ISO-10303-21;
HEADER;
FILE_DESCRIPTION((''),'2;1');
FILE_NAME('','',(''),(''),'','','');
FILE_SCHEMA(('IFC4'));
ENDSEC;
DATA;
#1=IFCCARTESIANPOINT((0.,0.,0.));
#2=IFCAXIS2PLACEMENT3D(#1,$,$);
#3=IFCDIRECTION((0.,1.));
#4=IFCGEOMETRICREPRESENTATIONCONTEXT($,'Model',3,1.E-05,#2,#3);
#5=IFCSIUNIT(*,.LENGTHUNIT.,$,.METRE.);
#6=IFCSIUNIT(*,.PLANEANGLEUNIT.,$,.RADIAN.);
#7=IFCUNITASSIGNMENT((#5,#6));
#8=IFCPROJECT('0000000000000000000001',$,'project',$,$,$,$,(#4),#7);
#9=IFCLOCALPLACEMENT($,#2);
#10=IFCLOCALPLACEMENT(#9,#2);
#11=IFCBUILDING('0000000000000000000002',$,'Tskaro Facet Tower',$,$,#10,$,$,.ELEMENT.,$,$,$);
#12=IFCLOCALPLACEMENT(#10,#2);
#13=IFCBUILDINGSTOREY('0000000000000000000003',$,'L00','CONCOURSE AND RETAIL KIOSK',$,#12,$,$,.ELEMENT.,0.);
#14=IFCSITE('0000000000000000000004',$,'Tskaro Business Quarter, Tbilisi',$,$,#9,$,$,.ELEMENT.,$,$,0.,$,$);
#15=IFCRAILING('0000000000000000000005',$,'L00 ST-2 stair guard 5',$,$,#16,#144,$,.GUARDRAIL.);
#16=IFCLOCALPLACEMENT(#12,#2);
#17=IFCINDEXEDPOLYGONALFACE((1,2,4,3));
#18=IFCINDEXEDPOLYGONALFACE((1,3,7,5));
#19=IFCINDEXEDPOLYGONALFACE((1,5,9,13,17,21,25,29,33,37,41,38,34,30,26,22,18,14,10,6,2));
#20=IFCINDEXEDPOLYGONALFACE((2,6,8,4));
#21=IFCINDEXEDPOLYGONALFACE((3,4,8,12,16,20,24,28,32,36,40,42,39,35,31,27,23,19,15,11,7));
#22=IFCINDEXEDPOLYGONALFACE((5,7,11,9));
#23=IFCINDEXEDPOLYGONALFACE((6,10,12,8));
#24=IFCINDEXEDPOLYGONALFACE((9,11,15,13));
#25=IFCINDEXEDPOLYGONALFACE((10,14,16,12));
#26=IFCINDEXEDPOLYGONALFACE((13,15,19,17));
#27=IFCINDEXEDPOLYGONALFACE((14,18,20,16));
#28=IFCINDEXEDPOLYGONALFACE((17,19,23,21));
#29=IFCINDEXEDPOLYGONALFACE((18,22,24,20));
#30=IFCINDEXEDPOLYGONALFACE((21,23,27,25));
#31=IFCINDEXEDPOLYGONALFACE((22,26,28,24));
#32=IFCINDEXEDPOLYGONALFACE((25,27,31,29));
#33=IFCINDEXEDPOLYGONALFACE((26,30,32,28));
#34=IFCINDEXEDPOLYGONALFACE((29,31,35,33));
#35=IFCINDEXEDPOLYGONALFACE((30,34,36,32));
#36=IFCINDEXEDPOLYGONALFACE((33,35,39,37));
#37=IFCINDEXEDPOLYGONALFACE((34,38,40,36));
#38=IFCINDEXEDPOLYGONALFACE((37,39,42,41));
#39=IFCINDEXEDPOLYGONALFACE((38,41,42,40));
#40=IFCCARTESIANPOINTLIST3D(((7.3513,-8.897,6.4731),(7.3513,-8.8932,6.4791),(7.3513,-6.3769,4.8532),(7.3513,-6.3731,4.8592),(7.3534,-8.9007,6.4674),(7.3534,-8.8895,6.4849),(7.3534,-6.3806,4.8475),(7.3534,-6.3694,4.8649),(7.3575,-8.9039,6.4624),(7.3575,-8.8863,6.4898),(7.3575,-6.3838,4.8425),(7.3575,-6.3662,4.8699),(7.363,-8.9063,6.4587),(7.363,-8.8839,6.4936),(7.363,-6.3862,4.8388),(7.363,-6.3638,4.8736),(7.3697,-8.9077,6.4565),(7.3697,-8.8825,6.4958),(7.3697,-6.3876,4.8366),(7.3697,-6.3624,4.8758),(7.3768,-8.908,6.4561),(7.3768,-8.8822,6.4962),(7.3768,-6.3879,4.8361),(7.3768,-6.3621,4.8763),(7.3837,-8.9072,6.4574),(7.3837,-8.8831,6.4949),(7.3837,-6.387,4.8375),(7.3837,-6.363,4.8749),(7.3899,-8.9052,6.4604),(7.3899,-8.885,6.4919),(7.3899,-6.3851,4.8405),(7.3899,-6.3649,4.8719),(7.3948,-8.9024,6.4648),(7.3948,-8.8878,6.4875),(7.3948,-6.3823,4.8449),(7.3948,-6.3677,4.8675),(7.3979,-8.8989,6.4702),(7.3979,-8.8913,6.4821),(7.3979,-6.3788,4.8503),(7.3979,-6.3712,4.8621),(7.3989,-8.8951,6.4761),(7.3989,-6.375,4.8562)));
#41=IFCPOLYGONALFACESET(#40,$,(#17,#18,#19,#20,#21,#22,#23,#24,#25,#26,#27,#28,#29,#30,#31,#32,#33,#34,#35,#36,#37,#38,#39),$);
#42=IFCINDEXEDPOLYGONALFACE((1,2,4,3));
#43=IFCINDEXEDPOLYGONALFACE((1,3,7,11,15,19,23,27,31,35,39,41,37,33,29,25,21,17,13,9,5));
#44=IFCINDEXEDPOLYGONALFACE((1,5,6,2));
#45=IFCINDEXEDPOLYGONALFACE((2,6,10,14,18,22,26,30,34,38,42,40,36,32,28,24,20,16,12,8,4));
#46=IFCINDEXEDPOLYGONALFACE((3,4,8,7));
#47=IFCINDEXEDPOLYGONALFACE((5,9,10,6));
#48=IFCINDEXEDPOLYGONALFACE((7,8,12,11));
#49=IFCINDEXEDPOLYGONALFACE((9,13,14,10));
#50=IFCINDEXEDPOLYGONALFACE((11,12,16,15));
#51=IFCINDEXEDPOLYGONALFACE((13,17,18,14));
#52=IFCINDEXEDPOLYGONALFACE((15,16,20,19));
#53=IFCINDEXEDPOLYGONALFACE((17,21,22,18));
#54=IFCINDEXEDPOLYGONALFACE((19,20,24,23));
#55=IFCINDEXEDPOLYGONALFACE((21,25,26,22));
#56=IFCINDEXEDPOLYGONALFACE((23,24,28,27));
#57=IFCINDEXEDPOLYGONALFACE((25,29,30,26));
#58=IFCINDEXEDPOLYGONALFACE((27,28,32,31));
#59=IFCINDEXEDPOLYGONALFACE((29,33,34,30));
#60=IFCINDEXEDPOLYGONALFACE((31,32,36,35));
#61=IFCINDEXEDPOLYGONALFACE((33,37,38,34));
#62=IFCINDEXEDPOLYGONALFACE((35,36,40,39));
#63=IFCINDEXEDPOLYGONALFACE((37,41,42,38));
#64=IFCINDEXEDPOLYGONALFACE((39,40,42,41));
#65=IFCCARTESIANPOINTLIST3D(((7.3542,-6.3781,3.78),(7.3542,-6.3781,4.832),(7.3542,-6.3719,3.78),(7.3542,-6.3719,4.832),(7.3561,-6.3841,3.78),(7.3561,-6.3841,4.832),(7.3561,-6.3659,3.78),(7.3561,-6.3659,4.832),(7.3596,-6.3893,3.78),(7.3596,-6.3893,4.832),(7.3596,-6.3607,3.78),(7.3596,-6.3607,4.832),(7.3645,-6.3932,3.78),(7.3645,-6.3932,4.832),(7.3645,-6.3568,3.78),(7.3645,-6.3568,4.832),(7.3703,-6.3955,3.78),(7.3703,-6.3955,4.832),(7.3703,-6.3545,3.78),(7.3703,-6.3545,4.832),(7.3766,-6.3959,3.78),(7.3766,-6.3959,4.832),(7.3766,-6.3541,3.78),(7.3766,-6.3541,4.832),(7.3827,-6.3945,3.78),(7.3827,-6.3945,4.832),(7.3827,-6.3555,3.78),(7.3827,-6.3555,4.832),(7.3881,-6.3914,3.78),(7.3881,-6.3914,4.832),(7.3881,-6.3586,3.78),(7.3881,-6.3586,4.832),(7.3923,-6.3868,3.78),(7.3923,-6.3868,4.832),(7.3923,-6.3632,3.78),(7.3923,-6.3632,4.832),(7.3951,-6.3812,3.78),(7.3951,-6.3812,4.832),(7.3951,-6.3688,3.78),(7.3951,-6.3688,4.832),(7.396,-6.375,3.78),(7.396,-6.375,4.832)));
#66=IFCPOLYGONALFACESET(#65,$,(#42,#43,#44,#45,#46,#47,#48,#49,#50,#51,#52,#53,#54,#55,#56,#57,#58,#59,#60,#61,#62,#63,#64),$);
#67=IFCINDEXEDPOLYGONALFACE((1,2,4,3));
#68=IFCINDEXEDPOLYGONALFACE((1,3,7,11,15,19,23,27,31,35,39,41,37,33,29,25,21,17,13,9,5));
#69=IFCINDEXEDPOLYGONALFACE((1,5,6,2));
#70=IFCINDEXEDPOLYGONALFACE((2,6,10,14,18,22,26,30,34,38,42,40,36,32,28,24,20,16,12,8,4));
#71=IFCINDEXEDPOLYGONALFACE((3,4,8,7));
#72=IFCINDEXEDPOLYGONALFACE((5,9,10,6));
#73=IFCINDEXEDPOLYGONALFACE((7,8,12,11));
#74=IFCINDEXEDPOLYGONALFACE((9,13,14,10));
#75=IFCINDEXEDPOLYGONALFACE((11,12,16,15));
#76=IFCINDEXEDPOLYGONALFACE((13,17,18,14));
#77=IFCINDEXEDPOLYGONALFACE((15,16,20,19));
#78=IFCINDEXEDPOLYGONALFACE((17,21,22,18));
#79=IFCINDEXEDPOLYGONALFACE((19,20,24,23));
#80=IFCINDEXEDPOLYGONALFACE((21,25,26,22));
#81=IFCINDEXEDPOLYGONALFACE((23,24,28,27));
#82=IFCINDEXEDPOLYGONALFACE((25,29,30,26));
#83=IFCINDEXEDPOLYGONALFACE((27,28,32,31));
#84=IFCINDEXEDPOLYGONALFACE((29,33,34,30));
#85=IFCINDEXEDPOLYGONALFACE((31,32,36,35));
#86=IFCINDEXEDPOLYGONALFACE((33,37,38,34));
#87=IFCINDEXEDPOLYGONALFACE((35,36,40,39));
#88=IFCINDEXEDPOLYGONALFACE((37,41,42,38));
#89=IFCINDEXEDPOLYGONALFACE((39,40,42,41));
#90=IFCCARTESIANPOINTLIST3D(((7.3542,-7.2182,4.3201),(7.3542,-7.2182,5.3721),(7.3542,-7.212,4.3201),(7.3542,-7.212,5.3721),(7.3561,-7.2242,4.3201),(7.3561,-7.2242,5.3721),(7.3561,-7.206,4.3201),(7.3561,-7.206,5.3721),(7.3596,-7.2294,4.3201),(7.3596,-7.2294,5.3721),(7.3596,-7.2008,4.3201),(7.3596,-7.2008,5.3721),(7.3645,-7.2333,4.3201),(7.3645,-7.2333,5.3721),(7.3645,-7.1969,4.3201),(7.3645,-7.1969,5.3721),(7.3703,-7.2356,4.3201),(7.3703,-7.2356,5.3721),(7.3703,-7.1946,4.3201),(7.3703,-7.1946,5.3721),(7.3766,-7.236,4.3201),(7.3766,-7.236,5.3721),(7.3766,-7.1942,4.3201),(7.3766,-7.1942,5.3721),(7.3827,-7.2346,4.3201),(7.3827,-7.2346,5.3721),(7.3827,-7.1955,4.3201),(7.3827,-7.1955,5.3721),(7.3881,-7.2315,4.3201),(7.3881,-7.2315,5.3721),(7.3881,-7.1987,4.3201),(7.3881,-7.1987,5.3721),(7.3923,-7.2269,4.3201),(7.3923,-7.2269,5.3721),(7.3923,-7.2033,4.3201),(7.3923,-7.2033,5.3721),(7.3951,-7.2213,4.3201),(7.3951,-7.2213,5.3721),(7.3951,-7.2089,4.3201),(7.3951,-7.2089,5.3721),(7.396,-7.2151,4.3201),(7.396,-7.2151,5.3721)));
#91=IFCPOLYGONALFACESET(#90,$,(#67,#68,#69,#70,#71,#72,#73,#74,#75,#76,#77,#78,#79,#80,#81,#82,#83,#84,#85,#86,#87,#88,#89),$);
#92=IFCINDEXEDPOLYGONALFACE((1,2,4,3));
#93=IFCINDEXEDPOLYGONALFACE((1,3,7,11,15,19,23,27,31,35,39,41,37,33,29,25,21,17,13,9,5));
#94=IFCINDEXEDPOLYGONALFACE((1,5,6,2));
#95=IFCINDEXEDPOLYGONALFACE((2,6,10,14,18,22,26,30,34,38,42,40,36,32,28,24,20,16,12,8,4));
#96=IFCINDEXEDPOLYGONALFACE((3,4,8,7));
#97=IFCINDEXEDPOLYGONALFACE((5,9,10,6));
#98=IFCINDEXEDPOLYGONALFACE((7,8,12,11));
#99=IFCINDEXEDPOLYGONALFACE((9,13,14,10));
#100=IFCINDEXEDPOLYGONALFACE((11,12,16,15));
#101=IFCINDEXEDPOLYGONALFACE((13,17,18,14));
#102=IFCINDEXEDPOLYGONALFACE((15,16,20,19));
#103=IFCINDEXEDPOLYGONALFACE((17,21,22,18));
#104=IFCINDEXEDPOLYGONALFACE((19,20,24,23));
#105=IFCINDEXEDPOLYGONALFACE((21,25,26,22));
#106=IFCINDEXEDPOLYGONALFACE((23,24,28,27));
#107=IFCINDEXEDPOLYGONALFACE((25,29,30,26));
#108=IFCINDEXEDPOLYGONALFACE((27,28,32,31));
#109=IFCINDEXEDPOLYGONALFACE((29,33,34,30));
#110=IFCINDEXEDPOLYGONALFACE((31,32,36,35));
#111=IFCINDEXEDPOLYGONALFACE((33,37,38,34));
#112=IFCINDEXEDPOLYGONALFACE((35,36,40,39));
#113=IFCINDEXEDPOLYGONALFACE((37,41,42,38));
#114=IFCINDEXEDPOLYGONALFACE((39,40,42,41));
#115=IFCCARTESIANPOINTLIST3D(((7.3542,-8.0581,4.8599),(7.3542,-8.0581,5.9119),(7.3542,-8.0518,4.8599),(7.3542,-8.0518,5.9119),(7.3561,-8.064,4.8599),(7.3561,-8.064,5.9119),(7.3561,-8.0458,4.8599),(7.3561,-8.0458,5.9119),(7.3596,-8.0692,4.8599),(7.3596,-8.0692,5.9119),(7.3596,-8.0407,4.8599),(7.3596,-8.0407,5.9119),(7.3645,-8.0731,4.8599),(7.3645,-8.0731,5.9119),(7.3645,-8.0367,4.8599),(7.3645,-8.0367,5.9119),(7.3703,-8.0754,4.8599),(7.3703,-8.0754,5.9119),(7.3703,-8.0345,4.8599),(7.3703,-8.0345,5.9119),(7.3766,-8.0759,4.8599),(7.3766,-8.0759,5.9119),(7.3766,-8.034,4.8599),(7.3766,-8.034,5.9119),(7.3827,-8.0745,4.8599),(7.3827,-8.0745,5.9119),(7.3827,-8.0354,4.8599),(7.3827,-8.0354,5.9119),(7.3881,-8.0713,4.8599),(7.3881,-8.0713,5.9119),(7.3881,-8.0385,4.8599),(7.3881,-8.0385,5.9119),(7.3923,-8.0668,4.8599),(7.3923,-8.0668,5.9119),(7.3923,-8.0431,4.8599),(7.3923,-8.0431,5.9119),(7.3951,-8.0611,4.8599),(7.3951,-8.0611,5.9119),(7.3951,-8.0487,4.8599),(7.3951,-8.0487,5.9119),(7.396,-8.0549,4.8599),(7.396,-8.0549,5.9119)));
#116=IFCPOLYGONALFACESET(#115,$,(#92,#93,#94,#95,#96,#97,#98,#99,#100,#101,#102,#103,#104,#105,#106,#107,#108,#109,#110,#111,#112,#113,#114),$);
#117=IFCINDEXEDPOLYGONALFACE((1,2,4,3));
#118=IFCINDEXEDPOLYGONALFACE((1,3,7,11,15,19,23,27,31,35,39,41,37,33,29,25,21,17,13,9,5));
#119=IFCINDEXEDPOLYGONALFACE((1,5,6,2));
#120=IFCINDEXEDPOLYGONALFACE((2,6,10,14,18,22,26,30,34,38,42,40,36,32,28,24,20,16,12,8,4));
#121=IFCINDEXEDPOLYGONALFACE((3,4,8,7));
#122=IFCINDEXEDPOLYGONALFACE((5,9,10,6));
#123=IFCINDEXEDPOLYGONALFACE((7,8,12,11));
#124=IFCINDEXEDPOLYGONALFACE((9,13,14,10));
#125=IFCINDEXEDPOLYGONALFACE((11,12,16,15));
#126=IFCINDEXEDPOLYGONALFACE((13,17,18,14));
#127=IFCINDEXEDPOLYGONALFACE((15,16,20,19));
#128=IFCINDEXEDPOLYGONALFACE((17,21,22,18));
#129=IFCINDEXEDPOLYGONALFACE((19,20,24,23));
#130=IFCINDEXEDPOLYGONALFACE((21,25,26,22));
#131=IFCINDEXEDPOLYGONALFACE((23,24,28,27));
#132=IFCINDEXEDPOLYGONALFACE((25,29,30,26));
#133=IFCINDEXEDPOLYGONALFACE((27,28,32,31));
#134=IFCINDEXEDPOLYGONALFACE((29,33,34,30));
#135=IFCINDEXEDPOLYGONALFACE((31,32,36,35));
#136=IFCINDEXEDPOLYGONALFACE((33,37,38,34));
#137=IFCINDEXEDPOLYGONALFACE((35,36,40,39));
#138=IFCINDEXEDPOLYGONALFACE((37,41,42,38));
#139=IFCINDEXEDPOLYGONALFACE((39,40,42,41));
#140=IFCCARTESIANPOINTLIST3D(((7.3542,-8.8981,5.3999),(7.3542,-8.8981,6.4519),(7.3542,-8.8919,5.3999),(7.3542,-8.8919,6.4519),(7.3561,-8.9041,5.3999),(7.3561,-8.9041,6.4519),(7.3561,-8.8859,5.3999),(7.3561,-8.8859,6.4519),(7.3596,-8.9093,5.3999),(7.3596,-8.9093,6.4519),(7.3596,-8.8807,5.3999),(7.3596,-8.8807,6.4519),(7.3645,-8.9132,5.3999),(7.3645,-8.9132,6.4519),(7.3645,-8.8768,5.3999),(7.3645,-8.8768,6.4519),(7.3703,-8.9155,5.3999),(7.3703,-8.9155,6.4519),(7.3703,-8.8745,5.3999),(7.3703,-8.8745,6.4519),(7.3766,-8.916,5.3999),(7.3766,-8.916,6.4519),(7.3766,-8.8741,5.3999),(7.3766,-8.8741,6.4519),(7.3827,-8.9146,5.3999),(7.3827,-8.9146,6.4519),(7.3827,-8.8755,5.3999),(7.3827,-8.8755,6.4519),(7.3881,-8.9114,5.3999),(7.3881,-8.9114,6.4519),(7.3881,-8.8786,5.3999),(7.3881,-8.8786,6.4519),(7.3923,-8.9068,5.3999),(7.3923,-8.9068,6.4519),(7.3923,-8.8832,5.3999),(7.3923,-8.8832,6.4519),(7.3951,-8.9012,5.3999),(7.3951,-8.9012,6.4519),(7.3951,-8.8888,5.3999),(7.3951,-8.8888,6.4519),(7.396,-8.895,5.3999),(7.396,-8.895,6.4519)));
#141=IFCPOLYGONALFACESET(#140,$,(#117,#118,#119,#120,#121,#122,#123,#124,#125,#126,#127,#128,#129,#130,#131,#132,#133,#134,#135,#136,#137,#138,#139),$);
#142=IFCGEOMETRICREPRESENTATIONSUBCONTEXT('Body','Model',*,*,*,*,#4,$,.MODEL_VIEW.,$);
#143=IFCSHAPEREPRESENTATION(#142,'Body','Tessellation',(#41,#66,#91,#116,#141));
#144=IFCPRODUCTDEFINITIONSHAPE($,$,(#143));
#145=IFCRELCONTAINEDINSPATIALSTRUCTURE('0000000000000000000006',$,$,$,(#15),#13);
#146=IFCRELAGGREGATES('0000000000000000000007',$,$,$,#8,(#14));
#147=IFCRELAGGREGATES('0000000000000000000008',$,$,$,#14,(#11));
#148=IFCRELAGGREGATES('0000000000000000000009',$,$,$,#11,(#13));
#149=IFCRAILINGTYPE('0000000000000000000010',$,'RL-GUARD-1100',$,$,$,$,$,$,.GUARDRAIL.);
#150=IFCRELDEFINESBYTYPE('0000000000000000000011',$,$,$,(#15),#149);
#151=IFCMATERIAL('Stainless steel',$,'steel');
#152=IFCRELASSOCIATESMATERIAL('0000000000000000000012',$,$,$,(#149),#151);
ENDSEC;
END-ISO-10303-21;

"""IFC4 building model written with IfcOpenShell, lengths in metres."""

from ifc_helpers import new_model, si_unit, direction, frame, origin, origin_2d, place, context, subcontext, project, spatial, circle, extrude, material, type_object, element, save


model = new_model("IFC4")

# Units and contexts
model_context = context("Model", 3, precision=1e-05, world=origin(), true_north=direction((0.0, 1.0)))
body_context = subcontext(model_context, "Body", "Model", "MODEL_VIEW")
ifc_project = project(units=[si_unit("LENGTHUNIT", "METRE"), si_unit("PLANEANGLEUNIT", "RADIAN")], contexts=[model_context])

# Site, building, storey
site_placement = place(None, origin())
site = spatial("IfcSite", under=ifc_project, at=site_placement, Name="Tskaro Business Quarter, Tbilisi", CompositionType="ELEMENT", RefElevation=0.0)
building_placement = place(site_placement, origin())
building = spatial("IfcBuilding", under=site, at=building_placement, Name="Tskaro Facet Tower", CompositionType="ELEMENT")
storey_placement = place(building_placement, origin())
storey = spatial("IfcBuildingStorey", under=building, at=storey_placement, Name="L00", Description="CONCOURSE AND RETAIL KIOSK", CompositionType="ELEMENT", Elevation=0.0)

# Railing
ifc_material_1 = material(Name="Stainless steel", Category="steel")
railing_type_1 = type_object("IfcRailingType", Name="RL-GUARD-1100", PredefinedType="GUARDRAIL", material=ifc_material_1)
railing_1_placement = place(storey_placement, frame((7.375, -6.375, 3.78)))
element("IfcRailing", 1, at=railing_1_placement, inside=storey, type_object=railing_type_1, Name="L00 ST-2 stair guard 5", PredefinedType="GUARDRAIL", context=body_context, shape_type="SweptSolid", body=[
    extrude(circle(Radius=0.0239, at=origin_2d()), frame((0.0, 0.0, 1.0762), z_axis=(0.0, -0.8412, 0.540725), x_axis=(1.0, 0.0, 0.0)), (0.0, 0.0, 1.0), 2.9958),
    extrude(circle(Radius=0.021, at=origin_2d()), origin(), (0.0, 0.0, 1.0), 1.052),
    extrude(circle(Radius=0.021, at=origin_2d()), frame((0.0, -0.8401, 0.54)), (0.0, 0.0, 1.0), 1.052),
    extrude(circle(Radius=0.021, at=origin_2d()), frame((0.0, -1.6799, 1.0798)), (0.0, 0.0, 1.0), 1.052),
    extrude(circle(Radius=0.021, at=origin_2d()), frame((0.0, -2.52, 1.6199)), (0.0, 0.0, 1.0), 1.052),
])

save(model, "model.ifc")
